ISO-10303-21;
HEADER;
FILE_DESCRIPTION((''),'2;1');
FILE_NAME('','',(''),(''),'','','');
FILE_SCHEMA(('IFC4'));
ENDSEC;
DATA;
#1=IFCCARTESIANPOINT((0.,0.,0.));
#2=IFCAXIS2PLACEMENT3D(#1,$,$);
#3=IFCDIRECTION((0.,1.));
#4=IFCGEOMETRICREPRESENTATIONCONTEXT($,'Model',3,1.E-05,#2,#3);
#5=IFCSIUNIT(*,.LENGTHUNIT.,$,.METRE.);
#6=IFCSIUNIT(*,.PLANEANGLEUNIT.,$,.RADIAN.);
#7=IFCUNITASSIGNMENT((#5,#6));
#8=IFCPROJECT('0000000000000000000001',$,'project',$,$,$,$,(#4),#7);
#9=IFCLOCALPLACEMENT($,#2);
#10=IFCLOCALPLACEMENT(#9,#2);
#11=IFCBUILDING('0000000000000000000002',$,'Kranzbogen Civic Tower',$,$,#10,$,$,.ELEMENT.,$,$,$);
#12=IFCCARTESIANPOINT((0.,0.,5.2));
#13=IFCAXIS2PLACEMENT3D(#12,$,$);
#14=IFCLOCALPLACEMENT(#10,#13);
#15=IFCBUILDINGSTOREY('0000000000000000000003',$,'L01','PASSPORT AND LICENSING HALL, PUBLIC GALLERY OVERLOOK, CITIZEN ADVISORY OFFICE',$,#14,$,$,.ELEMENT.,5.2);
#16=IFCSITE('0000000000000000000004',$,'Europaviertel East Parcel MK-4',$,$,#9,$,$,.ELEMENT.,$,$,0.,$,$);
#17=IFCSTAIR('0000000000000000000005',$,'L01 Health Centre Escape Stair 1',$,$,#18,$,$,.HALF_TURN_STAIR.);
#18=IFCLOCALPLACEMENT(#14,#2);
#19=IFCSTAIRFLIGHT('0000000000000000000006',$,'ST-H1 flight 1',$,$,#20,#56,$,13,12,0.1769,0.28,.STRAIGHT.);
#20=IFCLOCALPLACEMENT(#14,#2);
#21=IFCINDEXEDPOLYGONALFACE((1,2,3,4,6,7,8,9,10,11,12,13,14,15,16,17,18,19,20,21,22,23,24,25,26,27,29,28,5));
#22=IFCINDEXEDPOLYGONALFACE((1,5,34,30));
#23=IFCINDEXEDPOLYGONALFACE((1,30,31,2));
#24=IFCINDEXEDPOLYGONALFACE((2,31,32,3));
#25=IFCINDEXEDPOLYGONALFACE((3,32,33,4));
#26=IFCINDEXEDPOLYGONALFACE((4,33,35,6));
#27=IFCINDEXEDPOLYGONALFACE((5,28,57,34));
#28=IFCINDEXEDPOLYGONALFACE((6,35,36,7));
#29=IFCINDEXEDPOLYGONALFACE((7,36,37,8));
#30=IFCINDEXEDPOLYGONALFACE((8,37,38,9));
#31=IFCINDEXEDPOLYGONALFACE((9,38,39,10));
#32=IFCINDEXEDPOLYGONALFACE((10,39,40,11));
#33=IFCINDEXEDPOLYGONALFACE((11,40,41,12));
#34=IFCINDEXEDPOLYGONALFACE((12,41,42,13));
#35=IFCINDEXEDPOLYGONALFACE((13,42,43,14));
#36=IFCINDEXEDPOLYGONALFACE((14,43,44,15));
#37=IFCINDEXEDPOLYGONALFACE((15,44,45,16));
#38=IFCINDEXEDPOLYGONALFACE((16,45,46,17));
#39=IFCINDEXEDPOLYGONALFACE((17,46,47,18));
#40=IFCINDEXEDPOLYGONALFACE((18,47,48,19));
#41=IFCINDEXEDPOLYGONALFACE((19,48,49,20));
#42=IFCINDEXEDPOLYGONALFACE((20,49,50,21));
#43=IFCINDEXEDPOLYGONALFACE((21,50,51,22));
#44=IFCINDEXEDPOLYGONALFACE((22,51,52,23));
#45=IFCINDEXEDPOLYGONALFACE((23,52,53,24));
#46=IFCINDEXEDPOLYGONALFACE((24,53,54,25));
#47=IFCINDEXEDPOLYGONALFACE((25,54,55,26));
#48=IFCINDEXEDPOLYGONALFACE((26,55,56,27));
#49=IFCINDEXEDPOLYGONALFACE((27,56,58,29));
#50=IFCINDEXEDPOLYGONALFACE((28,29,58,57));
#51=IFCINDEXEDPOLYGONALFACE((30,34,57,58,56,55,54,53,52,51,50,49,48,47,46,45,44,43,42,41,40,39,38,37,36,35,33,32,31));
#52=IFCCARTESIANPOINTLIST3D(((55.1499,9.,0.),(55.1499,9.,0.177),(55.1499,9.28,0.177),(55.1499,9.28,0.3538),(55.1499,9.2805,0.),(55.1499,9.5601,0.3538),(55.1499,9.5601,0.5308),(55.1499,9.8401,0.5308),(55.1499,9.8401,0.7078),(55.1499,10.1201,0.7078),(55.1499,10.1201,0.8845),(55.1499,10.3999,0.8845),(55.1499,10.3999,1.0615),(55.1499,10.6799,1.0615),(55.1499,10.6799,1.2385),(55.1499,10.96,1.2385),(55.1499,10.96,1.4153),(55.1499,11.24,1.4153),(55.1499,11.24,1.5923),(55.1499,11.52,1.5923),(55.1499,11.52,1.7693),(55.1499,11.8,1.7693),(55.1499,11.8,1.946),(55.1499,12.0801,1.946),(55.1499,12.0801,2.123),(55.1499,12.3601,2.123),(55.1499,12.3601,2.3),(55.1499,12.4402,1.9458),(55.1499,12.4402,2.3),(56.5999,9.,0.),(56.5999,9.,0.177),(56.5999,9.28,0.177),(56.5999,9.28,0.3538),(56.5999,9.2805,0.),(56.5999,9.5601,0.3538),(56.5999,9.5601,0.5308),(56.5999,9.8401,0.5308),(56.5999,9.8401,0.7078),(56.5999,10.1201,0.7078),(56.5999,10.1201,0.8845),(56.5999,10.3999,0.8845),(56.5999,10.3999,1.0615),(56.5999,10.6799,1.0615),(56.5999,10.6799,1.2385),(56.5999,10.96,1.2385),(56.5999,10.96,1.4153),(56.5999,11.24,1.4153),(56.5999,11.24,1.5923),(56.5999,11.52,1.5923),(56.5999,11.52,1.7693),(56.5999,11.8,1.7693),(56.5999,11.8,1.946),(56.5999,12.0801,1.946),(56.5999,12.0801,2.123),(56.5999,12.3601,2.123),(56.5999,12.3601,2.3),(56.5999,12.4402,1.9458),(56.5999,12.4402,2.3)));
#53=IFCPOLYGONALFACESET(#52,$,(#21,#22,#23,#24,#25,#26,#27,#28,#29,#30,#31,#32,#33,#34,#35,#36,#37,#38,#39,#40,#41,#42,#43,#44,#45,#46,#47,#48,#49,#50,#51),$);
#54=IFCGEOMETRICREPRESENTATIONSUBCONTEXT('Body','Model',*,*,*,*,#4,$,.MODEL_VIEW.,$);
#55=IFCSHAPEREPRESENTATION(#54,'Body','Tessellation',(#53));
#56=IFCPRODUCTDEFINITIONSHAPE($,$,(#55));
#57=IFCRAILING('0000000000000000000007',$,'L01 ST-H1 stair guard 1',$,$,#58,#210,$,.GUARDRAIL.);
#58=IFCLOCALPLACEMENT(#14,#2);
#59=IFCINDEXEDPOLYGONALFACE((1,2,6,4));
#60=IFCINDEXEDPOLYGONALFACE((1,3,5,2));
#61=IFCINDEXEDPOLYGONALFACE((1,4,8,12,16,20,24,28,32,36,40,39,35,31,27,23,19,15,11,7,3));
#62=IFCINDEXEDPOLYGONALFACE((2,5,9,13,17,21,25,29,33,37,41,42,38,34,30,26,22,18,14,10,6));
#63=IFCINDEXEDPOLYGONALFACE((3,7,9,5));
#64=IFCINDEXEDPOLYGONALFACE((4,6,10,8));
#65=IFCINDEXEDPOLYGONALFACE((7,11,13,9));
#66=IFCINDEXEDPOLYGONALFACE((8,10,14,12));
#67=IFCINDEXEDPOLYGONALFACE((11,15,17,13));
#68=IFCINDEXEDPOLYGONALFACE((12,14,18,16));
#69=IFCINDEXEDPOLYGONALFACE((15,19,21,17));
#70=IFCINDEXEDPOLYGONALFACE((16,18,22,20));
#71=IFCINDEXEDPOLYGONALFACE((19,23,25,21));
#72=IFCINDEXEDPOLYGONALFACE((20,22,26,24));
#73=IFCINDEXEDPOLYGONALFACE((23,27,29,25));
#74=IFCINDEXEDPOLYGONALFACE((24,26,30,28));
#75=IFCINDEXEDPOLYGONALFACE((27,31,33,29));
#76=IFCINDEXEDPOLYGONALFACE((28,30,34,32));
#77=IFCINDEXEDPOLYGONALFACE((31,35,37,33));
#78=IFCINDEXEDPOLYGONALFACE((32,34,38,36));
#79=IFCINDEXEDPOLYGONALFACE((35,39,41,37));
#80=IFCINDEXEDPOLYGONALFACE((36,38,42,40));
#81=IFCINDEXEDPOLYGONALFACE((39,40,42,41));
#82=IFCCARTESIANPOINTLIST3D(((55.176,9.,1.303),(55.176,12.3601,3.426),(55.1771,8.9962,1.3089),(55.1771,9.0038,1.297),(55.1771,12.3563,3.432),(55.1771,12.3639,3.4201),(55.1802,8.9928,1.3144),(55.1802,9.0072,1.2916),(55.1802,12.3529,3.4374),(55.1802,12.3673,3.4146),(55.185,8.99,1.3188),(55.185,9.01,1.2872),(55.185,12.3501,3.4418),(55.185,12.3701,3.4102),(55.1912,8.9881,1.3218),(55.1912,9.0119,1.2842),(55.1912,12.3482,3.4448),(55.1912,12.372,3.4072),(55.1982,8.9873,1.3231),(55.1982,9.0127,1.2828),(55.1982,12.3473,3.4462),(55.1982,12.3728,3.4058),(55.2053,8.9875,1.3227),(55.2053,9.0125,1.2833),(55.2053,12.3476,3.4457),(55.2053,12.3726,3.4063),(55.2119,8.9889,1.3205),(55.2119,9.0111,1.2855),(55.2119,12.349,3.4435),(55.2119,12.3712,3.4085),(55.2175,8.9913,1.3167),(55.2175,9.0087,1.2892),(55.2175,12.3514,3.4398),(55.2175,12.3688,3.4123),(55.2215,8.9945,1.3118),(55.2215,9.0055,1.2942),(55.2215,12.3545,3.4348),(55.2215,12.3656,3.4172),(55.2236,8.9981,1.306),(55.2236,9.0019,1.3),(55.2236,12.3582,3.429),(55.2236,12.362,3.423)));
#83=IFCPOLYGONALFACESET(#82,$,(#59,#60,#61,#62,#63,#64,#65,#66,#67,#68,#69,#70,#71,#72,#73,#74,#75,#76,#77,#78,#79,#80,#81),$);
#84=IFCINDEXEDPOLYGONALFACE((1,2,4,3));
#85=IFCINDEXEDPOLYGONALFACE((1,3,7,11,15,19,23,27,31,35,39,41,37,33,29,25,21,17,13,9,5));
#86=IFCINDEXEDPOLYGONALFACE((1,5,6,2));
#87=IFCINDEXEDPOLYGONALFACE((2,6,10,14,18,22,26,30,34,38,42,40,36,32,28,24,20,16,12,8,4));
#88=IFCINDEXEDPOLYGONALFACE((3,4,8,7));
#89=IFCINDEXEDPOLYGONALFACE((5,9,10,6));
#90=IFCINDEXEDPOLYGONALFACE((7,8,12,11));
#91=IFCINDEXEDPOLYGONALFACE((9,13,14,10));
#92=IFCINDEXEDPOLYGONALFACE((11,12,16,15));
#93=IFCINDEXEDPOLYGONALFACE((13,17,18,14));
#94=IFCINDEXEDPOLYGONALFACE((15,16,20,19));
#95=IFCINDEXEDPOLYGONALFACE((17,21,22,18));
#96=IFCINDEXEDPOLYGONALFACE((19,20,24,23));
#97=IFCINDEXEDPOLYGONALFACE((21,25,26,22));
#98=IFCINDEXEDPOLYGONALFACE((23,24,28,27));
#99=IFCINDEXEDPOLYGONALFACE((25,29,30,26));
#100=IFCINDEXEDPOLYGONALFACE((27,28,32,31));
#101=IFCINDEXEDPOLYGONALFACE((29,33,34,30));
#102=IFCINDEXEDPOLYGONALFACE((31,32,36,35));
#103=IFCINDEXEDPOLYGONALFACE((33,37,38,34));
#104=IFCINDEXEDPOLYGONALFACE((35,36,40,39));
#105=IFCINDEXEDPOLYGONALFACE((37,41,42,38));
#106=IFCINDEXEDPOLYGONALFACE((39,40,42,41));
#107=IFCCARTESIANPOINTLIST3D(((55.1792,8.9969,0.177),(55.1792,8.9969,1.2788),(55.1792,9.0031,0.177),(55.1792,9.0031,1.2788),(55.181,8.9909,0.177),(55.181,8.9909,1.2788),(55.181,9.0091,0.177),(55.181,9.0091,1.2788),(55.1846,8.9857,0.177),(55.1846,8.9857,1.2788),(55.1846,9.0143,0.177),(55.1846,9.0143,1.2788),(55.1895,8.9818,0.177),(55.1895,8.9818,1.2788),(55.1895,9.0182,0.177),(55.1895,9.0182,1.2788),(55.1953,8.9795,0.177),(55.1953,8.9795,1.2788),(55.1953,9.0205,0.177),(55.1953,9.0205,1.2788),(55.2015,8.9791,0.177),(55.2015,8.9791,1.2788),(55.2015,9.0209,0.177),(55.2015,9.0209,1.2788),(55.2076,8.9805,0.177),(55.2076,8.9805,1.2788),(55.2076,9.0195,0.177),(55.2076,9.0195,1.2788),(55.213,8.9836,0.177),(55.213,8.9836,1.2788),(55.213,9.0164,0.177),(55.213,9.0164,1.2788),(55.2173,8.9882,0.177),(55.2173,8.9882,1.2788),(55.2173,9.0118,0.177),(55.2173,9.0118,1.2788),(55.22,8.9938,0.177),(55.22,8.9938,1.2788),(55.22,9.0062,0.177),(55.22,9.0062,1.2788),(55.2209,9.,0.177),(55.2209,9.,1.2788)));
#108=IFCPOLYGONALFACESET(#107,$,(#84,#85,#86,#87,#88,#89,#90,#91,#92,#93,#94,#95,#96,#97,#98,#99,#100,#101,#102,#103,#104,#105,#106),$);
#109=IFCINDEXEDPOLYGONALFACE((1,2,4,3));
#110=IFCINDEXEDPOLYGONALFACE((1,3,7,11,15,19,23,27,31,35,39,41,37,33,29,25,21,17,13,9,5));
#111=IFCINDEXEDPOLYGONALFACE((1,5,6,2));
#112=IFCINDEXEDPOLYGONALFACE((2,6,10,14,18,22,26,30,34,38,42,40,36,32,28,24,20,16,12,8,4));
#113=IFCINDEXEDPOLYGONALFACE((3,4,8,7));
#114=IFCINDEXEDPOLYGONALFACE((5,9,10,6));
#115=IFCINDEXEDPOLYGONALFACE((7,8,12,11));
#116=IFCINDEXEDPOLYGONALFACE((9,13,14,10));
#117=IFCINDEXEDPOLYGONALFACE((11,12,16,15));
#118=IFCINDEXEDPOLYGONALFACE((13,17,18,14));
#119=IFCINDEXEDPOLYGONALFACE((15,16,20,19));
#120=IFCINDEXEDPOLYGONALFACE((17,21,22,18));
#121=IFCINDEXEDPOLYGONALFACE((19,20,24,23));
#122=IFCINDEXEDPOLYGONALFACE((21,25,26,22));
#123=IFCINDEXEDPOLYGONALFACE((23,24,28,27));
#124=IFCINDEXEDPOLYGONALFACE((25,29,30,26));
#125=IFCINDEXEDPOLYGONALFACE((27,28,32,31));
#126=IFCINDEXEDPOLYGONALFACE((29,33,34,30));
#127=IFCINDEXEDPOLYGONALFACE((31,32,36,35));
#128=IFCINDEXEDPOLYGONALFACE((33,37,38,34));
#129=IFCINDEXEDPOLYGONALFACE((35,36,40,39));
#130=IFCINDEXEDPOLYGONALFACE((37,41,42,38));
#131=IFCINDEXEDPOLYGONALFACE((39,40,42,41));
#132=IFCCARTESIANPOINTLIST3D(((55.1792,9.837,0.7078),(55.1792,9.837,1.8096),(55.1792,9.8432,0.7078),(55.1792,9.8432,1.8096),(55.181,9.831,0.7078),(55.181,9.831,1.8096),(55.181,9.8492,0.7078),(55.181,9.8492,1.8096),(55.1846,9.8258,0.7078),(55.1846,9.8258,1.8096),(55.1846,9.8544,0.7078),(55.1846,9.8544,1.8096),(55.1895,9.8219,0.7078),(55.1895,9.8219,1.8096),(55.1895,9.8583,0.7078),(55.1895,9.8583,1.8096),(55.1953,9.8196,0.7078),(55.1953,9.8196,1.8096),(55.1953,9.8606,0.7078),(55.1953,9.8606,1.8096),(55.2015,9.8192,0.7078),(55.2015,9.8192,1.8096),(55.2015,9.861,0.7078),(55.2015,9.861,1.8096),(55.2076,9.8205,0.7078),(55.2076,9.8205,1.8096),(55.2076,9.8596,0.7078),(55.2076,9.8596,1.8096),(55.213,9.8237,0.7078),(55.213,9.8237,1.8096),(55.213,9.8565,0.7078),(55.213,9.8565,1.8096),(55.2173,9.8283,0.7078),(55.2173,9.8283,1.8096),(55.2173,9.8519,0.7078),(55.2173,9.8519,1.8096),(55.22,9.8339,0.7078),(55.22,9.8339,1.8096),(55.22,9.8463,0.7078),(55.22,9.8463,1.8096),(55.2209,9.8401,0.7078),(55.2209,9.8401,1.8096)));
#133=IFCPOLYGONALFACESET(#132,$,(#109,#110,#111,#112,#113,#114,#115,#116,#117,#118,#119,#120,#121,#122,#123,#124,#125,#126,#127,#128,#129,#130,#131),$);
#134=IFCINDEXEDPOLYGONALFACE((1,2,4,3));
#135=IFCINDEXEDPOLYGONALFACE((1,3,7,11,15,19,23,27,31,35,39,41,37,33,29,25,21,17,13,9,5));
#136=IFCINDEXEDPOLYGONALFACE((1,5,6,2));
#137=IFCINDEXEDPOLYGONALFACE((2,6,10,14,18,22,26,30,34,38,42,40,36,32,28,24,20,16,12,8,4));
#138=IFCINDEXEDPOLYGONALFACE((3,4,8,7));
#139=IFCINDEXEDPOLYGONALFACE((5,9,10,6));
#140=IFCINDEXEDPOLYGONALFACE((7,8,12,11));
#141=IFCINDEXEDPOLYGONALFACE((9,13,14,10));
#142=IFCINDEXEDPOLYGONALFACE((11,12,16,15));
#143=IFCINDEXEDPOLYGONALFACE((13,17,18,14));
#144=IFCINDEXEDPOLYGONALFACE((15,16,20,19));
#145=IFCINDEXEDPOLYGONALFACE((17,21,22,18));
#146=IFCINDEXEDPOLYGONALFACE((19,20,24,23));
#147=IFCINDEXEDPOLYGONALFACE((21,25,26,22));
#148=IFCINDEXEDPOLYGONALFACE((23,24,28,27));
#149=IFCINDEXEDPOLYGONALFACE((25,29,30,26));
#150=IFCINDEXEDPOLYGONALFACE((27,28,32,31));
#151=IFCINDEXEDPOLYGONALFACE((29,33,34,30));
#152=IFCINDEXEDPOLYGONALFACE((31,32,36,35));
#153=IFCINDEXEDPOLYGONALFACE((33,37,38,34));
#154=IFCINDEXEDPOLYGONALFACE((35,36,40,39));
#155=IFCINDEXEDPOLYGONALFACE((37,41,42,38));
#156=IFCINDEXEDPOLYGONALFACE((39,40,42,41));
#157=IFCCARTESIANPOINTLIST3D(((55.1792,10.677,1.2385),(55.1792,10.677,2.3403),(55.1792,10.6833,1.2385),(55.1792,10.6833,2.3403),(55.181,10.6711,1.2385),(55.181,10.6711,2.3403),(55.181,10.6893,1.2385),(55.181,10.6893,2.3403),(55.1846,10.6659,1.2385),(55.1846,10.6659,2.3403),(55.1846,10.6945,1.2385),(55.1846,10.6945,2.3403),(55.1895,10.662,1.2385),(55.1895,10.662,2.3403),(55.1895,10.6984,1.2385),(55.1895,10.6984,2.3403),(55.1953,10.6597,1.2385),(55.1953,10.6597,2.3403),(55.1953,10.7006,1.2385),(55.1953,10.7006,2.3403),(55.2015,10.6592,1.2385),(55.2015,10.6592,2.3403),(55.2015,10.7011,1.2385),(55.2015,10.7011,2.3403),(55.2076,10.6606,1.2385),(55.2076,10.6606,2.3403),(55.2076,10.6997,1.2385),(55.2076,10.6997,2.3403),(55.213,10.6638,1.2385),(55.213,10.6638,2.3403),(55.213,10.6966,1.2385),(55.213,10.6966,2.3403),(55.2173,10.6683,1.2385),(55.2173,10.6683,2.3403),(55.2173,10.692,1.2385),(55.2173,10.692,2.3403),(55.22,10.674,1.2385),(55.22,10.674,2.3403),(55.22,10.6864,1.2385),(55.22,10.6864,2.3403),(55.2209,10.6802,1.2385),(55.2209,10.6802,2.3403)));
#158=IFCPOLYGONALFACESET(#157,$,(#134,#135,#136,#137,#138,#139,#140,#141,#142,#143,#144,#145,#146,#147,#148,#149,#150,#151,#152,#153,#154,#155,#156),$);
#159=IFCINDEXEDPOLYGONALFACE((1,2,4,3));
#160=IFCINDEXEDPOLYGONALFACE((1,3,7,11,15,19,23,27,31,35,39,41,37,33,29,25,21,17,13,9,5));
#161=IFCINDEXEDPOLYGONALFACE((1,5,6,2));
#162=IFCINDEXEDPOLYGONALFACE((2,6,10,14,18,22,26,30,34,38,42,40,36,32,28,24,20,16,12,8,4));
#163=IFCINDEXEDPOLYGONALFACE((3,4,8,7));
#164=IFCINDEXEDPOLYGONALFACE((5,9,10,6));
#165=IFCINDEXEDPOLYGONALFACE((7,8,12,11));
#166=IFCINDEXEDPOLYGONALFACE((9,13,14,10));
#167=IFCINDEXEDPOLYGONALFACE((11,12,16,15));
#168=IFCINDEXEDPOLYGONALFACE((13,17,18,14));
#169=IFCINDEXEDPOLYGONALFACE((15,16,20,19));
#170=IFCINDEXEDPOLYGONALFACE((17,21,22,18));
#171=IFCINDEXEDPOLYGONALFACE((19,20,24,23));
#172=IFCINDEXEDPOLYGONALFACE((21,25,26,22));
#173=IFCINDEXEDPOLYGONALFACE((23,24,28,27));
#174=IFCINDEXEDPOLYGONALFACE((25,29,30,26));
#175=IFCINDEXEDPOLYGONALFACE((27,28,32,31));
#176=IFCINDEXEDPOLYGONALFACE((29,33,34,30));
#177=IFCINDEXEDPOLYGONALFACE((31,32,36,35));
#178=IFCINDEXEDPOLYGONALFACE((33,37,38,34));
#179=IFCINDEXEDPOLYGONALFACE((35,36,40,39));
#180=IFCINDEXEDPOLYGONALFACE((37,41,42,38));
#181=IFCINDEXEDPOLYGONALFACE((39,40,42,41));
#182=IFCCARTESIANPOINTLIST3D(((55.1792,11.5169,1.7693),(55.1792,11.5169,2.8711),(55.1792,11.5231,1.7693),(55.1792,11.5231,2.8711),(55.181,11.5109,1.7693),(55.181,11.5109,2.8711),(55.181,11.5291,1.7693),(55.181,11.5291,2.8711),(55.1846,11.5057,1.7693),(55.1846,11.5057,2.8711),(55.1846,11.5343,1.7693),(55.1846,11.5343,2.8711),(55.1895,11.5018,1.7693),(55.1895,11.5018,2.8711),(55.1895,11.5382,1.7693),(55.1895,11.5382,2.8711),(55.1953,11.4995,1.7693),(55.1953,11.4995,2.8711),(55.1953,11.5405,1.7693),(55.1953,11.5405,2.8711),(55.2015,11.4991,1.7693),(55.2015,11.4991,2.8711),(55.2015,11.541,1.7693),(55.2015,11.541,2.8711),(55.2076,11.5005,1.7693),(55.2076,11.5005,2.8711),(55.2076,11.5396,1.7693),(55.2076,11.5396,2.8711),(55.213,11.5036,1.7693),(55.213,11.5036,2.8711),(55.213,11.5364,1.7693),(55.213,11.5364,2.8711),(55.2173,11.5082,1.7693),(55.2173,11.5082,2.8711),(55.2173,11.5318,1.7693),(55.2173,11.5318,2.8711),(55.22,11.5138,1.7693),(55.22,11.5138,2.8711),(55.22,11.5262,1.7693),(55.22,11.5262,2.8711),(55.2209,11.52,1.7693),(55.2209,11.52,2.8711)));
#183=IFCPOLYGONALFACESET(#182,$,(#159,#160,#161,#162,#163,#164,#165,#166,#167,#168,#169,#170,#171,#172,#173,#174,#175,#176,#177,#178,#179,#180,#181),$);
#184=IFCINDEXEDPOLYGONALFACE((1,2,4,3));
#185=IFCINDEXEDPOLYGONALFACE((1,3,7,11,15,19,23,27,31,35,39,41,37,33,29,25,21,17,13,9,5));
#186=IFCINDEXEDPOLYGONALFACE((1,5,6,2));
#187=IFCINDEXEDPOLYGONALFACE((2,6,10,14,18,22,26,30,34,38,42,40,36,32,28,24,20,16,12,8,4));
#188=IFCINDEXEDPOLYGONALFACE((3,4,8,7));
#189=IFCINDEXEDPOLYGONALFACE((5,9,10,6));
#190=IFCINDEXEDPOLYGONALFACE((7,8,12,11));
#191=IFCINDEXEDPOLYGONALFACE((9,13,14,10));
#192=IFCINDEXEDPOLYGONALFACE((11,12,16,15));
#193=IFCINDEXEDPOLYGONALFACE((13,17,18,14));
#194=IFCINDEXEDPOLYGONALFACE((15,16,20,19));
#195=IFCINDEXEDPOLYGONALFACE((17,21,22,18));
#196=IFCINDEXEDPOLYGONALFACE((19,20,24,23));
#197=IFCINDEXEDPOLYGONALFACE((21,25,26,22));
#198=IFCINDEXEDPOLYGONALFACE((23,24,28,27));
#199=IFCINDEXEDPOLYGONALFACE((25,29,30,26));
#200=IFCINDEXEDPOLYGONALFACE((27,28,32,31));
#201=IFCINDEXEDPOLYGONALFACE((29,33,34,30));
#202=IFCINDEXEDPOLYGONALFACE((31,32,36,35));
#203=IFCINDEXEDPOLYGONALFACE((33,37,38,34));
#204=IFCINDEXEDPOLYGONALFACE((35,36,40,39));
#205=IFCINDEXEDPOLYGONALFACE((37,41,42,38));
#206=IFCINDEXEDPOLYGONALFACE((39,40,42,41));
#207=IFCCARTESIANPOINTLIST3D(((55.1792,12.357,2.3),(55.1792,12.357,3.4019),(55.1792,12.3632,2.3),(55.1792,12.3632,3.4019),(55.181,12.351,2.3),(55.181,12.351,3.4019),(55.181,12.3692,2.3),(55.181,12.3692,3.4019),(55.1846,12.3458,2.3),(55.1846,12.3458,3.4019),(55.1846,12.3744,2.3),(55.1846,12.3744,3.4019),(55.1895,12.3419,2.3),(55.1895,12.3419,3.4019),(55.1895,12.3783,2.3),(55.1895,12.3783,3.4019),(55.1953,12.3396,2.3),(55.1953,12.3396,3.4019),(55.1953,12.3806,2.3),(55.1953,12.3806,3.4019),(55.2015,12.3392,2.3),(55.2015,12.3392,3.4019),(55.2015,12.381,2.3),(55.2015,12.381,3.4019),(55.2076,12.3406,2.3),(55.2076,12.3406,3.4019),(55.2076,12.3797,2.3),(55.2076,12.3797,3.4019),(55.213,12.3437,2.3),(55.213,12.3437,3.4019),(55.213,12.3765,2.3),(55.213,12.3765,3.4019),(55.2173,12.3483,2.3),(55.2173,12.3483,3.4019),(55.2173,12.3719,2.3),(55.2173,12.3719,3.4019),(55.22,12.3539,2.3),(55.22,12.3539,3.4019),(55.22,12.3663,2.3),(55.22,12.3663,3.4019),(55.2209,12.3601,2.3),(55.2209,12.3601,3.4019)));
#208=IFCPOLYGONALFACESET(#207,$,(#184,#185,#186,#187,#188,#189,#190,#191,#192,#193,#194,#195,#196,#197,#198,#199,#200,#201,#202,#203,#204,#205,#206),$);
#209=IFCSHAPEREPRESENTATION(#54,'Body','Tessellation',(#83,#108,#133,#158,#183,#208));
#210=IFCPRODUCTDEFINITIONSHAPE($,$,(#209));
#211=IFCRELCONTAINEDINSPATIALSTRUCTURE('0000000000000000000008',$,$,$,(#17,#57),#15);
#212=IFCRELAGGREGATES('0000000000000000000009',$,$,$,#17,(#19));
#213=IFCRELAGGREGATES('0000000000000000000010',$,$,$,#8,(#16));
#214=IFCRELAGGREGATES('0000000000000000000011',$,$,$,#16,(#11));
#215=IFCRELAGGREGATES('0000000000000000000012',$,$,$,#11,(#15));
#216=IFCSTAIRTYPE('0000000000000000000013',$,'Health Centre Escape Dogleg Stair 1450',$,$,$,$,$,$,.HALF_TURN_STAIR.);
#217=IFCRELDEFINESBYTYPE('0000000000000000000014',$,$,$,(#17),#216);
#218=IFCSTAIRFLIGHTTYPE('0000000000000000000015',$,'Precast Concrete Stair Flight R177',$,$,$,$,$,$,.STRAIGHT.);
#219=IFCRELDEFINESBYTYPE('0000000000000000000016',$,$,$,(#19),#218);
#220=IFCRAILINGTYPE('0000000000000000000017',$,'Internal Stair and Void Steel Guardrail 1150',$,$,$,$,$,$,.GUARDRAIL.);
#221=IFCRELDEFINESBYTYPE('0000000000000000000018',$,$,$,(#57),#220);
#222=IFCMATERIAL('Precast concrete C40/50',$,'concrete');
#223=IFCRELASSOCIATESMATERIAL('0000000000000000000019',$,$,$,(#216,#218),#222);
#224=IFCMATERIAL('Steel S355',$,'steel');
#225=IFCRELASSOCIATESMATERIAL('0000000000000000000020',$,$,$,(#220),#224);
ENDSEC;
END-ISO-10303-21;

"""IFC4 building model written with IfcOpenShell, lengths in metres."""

from ifc_helpers import new_model, si_unit, direction, frame, origin, origin_2d, place, context, subcontext, project, spatial, polyline, circle, outline, extrude, material, type_object, element, aggregate, save


model = new_model("IFC4")

# Units and contexts
model_context = context("Model", 3, precision=1e-05, world=origin(), true_north=direction((0.0, 1.0)))
body_context = subcontext(model_context, "Body", "Model", "MODEL_VIEW")
ifc_project = project(units=[si_unit("LENGTHUNIT", "METRE"), si_unit("PLANEANGLEUNIT", "RADIAN")], contexts=[model_context])

# Site, building, storey
site_placement = place(None, origin())
site = spatial("IfcSite", under=ifc_project, at=site_placement, Name="Europaviertel East Parcel MK-4", CompositionType="ELEMENT", RefElevation=0.0)
building_placement = place(site_placement, origin())
building = spatial("IfcBuilding", under=site, at=building_placement, Name="Kranzbogen Civic Tower", CompositionType="ELEMENT")
storey_placement = place(building_placement, frame((0.0, 0.0, 5.2)))
storey = spatial("IfcBuildingStorey", under=building, at=storey_placement, Name="L01", Description="PASSPORT AND LICENSING HALL, PUBLIC GALLERY OVERLOOK, CITIZEN ADVISORY OFFICE", CompositionType="ELEMENT", Elevation=5.2)

# Shared definitions
ifc_material_1 = material(Name="Steel S355", Category="steel")

# Stair, stair flight
ifc_material_2 = material(Name="Precast concrete C40/50", Category="concrete")
stair_type = type_object("IfcStairType", Name="Health Centre Escape Dogleg Stair 1450", PredefinedType="HALF_TURN_STAIR", material=ifc_material_2)
stair_placement = place(storey_placement, origin())
stair = element("IfcStair", 1, at=stair_placement, inside=storey, type_object=stair_type, Name="L01 Health Centre Escape Stair 1", PredefinedType="HALF_TURN_STAIR")
stair_flight_type = type_object("IfcStairFlightType", Name="Precast Concrete Stair Flight R177", PredefinedType="STRAIGHT", material=ifc_material_2)
stair_flight_placement = place(storey_placement, frame((55.875, 9.0, 0.0), z_axis=(0.0, 0.0, 1.0), x_axis=(0.0, 1.0, 0.0)))
stair_flight = element("IfcStairFlight", 2, at=stair_flight_placement, type_object=stair_flight_type, Name="ST-H1 flight 1", NumberOfRisers=13, NumberOfTreads=12, PredefinedType="STRAIGHT", RiserHeight=0.1769, TreadLength=0.28, context=body_context, shape_type="SweptSolid", body=[
    extrude(outline(polyline([(0.0, 0.0), (0.0, 0.177), (0.28, 0.177), (0.28, 0.3538), (0.5601, 0.3538), (0.5601, 0.5308), (0.8401, 0.5308), (0.8401, 0.7078), (1.1201, 0.7078), (1.1201, 0.8845), (1.3999, 0.8845), (1.3999, 1.0615), (1.6799, 1.0615), (1.6799, 1.2385), (1.96, 1.2385), (1.96, 1.4153), (2.24, 1.4153), (2.24, 1.5923), (2.52, 1.5923), (2.52, 1.7693), (2.8, 1.7693), (2.8, 1.946), (3.0801, 1.946), (3.0801, 2.123), (3.3601, 2.123), (3.3601, 2.3), (3.4402, 2.3), (3.4402, 1.9458), (0.2805, 0.0), (0.0, 0.0)])), frame((0.0, 0.7251, 0.0), z_axis=(0.0, -1.0, 0.0), x_axis=(1.0, 0.0, 0.0)), (0.0, 0.0, 1.0), 1.45),
])
aggregate(stair, [stair_flight])

# Railing
railing_type_1 = type_object("IfcRailingType", Name="Internal Stair and Void Steel Guardrail 1150", PredefinedType="GUARDRAIL", material=ifc_material_1)
railing_1_placement = place(storey_placement, frame((55.2, 9.0, 0.177)))
element("IfcRailing", 3, at=railing_1_placement, inside=storey, type_object=railing_type_1, Name="L01 ST-H1 stair guard 1", PredefinedType="GUARDRAIL", context=body_context, shape_type="SweptSolid", body=[
    extrude(circle(Radius=0.0239, at=origin_2d()), frame((0.0, 0.0, 1.126), z_axis=(0.0, 0.84539, 0.53415), x_axis=(-1.0, 0.0, 0.0)), (0.0, 0.0, 1.0), 3.9746),
    extrude(circle(Radius=0.021, at=origin_2d()), origin(), (0.0, 0.0, 1.0), 1.1018),
    extrude(circle(Radius=0.021, at=origin_2d()), frame((0.0, 0.8401, 0.5308)), (0.0, 0.0, 1.0), 1.1018),
    extrude(circle(Radius=0.021, at=origin_2d()), frame((0.0, 1.6802, 1.0615)), (0.0, 0.0, 1.0), 1.1018),
    extrude(circle(Radius=0.021, at=origin_2d()), frame((0.0, 2.52, 1.5923)), (0.0, 0.0, 1.0), 1.1018),
    extrude(circle(Radius=0.021, at=origin_2d()), frame((0.0, 3.3601, 2.123)), (0.0, 0.0, 1.0), 1.1018),
])

save(model, "model.ifc")
